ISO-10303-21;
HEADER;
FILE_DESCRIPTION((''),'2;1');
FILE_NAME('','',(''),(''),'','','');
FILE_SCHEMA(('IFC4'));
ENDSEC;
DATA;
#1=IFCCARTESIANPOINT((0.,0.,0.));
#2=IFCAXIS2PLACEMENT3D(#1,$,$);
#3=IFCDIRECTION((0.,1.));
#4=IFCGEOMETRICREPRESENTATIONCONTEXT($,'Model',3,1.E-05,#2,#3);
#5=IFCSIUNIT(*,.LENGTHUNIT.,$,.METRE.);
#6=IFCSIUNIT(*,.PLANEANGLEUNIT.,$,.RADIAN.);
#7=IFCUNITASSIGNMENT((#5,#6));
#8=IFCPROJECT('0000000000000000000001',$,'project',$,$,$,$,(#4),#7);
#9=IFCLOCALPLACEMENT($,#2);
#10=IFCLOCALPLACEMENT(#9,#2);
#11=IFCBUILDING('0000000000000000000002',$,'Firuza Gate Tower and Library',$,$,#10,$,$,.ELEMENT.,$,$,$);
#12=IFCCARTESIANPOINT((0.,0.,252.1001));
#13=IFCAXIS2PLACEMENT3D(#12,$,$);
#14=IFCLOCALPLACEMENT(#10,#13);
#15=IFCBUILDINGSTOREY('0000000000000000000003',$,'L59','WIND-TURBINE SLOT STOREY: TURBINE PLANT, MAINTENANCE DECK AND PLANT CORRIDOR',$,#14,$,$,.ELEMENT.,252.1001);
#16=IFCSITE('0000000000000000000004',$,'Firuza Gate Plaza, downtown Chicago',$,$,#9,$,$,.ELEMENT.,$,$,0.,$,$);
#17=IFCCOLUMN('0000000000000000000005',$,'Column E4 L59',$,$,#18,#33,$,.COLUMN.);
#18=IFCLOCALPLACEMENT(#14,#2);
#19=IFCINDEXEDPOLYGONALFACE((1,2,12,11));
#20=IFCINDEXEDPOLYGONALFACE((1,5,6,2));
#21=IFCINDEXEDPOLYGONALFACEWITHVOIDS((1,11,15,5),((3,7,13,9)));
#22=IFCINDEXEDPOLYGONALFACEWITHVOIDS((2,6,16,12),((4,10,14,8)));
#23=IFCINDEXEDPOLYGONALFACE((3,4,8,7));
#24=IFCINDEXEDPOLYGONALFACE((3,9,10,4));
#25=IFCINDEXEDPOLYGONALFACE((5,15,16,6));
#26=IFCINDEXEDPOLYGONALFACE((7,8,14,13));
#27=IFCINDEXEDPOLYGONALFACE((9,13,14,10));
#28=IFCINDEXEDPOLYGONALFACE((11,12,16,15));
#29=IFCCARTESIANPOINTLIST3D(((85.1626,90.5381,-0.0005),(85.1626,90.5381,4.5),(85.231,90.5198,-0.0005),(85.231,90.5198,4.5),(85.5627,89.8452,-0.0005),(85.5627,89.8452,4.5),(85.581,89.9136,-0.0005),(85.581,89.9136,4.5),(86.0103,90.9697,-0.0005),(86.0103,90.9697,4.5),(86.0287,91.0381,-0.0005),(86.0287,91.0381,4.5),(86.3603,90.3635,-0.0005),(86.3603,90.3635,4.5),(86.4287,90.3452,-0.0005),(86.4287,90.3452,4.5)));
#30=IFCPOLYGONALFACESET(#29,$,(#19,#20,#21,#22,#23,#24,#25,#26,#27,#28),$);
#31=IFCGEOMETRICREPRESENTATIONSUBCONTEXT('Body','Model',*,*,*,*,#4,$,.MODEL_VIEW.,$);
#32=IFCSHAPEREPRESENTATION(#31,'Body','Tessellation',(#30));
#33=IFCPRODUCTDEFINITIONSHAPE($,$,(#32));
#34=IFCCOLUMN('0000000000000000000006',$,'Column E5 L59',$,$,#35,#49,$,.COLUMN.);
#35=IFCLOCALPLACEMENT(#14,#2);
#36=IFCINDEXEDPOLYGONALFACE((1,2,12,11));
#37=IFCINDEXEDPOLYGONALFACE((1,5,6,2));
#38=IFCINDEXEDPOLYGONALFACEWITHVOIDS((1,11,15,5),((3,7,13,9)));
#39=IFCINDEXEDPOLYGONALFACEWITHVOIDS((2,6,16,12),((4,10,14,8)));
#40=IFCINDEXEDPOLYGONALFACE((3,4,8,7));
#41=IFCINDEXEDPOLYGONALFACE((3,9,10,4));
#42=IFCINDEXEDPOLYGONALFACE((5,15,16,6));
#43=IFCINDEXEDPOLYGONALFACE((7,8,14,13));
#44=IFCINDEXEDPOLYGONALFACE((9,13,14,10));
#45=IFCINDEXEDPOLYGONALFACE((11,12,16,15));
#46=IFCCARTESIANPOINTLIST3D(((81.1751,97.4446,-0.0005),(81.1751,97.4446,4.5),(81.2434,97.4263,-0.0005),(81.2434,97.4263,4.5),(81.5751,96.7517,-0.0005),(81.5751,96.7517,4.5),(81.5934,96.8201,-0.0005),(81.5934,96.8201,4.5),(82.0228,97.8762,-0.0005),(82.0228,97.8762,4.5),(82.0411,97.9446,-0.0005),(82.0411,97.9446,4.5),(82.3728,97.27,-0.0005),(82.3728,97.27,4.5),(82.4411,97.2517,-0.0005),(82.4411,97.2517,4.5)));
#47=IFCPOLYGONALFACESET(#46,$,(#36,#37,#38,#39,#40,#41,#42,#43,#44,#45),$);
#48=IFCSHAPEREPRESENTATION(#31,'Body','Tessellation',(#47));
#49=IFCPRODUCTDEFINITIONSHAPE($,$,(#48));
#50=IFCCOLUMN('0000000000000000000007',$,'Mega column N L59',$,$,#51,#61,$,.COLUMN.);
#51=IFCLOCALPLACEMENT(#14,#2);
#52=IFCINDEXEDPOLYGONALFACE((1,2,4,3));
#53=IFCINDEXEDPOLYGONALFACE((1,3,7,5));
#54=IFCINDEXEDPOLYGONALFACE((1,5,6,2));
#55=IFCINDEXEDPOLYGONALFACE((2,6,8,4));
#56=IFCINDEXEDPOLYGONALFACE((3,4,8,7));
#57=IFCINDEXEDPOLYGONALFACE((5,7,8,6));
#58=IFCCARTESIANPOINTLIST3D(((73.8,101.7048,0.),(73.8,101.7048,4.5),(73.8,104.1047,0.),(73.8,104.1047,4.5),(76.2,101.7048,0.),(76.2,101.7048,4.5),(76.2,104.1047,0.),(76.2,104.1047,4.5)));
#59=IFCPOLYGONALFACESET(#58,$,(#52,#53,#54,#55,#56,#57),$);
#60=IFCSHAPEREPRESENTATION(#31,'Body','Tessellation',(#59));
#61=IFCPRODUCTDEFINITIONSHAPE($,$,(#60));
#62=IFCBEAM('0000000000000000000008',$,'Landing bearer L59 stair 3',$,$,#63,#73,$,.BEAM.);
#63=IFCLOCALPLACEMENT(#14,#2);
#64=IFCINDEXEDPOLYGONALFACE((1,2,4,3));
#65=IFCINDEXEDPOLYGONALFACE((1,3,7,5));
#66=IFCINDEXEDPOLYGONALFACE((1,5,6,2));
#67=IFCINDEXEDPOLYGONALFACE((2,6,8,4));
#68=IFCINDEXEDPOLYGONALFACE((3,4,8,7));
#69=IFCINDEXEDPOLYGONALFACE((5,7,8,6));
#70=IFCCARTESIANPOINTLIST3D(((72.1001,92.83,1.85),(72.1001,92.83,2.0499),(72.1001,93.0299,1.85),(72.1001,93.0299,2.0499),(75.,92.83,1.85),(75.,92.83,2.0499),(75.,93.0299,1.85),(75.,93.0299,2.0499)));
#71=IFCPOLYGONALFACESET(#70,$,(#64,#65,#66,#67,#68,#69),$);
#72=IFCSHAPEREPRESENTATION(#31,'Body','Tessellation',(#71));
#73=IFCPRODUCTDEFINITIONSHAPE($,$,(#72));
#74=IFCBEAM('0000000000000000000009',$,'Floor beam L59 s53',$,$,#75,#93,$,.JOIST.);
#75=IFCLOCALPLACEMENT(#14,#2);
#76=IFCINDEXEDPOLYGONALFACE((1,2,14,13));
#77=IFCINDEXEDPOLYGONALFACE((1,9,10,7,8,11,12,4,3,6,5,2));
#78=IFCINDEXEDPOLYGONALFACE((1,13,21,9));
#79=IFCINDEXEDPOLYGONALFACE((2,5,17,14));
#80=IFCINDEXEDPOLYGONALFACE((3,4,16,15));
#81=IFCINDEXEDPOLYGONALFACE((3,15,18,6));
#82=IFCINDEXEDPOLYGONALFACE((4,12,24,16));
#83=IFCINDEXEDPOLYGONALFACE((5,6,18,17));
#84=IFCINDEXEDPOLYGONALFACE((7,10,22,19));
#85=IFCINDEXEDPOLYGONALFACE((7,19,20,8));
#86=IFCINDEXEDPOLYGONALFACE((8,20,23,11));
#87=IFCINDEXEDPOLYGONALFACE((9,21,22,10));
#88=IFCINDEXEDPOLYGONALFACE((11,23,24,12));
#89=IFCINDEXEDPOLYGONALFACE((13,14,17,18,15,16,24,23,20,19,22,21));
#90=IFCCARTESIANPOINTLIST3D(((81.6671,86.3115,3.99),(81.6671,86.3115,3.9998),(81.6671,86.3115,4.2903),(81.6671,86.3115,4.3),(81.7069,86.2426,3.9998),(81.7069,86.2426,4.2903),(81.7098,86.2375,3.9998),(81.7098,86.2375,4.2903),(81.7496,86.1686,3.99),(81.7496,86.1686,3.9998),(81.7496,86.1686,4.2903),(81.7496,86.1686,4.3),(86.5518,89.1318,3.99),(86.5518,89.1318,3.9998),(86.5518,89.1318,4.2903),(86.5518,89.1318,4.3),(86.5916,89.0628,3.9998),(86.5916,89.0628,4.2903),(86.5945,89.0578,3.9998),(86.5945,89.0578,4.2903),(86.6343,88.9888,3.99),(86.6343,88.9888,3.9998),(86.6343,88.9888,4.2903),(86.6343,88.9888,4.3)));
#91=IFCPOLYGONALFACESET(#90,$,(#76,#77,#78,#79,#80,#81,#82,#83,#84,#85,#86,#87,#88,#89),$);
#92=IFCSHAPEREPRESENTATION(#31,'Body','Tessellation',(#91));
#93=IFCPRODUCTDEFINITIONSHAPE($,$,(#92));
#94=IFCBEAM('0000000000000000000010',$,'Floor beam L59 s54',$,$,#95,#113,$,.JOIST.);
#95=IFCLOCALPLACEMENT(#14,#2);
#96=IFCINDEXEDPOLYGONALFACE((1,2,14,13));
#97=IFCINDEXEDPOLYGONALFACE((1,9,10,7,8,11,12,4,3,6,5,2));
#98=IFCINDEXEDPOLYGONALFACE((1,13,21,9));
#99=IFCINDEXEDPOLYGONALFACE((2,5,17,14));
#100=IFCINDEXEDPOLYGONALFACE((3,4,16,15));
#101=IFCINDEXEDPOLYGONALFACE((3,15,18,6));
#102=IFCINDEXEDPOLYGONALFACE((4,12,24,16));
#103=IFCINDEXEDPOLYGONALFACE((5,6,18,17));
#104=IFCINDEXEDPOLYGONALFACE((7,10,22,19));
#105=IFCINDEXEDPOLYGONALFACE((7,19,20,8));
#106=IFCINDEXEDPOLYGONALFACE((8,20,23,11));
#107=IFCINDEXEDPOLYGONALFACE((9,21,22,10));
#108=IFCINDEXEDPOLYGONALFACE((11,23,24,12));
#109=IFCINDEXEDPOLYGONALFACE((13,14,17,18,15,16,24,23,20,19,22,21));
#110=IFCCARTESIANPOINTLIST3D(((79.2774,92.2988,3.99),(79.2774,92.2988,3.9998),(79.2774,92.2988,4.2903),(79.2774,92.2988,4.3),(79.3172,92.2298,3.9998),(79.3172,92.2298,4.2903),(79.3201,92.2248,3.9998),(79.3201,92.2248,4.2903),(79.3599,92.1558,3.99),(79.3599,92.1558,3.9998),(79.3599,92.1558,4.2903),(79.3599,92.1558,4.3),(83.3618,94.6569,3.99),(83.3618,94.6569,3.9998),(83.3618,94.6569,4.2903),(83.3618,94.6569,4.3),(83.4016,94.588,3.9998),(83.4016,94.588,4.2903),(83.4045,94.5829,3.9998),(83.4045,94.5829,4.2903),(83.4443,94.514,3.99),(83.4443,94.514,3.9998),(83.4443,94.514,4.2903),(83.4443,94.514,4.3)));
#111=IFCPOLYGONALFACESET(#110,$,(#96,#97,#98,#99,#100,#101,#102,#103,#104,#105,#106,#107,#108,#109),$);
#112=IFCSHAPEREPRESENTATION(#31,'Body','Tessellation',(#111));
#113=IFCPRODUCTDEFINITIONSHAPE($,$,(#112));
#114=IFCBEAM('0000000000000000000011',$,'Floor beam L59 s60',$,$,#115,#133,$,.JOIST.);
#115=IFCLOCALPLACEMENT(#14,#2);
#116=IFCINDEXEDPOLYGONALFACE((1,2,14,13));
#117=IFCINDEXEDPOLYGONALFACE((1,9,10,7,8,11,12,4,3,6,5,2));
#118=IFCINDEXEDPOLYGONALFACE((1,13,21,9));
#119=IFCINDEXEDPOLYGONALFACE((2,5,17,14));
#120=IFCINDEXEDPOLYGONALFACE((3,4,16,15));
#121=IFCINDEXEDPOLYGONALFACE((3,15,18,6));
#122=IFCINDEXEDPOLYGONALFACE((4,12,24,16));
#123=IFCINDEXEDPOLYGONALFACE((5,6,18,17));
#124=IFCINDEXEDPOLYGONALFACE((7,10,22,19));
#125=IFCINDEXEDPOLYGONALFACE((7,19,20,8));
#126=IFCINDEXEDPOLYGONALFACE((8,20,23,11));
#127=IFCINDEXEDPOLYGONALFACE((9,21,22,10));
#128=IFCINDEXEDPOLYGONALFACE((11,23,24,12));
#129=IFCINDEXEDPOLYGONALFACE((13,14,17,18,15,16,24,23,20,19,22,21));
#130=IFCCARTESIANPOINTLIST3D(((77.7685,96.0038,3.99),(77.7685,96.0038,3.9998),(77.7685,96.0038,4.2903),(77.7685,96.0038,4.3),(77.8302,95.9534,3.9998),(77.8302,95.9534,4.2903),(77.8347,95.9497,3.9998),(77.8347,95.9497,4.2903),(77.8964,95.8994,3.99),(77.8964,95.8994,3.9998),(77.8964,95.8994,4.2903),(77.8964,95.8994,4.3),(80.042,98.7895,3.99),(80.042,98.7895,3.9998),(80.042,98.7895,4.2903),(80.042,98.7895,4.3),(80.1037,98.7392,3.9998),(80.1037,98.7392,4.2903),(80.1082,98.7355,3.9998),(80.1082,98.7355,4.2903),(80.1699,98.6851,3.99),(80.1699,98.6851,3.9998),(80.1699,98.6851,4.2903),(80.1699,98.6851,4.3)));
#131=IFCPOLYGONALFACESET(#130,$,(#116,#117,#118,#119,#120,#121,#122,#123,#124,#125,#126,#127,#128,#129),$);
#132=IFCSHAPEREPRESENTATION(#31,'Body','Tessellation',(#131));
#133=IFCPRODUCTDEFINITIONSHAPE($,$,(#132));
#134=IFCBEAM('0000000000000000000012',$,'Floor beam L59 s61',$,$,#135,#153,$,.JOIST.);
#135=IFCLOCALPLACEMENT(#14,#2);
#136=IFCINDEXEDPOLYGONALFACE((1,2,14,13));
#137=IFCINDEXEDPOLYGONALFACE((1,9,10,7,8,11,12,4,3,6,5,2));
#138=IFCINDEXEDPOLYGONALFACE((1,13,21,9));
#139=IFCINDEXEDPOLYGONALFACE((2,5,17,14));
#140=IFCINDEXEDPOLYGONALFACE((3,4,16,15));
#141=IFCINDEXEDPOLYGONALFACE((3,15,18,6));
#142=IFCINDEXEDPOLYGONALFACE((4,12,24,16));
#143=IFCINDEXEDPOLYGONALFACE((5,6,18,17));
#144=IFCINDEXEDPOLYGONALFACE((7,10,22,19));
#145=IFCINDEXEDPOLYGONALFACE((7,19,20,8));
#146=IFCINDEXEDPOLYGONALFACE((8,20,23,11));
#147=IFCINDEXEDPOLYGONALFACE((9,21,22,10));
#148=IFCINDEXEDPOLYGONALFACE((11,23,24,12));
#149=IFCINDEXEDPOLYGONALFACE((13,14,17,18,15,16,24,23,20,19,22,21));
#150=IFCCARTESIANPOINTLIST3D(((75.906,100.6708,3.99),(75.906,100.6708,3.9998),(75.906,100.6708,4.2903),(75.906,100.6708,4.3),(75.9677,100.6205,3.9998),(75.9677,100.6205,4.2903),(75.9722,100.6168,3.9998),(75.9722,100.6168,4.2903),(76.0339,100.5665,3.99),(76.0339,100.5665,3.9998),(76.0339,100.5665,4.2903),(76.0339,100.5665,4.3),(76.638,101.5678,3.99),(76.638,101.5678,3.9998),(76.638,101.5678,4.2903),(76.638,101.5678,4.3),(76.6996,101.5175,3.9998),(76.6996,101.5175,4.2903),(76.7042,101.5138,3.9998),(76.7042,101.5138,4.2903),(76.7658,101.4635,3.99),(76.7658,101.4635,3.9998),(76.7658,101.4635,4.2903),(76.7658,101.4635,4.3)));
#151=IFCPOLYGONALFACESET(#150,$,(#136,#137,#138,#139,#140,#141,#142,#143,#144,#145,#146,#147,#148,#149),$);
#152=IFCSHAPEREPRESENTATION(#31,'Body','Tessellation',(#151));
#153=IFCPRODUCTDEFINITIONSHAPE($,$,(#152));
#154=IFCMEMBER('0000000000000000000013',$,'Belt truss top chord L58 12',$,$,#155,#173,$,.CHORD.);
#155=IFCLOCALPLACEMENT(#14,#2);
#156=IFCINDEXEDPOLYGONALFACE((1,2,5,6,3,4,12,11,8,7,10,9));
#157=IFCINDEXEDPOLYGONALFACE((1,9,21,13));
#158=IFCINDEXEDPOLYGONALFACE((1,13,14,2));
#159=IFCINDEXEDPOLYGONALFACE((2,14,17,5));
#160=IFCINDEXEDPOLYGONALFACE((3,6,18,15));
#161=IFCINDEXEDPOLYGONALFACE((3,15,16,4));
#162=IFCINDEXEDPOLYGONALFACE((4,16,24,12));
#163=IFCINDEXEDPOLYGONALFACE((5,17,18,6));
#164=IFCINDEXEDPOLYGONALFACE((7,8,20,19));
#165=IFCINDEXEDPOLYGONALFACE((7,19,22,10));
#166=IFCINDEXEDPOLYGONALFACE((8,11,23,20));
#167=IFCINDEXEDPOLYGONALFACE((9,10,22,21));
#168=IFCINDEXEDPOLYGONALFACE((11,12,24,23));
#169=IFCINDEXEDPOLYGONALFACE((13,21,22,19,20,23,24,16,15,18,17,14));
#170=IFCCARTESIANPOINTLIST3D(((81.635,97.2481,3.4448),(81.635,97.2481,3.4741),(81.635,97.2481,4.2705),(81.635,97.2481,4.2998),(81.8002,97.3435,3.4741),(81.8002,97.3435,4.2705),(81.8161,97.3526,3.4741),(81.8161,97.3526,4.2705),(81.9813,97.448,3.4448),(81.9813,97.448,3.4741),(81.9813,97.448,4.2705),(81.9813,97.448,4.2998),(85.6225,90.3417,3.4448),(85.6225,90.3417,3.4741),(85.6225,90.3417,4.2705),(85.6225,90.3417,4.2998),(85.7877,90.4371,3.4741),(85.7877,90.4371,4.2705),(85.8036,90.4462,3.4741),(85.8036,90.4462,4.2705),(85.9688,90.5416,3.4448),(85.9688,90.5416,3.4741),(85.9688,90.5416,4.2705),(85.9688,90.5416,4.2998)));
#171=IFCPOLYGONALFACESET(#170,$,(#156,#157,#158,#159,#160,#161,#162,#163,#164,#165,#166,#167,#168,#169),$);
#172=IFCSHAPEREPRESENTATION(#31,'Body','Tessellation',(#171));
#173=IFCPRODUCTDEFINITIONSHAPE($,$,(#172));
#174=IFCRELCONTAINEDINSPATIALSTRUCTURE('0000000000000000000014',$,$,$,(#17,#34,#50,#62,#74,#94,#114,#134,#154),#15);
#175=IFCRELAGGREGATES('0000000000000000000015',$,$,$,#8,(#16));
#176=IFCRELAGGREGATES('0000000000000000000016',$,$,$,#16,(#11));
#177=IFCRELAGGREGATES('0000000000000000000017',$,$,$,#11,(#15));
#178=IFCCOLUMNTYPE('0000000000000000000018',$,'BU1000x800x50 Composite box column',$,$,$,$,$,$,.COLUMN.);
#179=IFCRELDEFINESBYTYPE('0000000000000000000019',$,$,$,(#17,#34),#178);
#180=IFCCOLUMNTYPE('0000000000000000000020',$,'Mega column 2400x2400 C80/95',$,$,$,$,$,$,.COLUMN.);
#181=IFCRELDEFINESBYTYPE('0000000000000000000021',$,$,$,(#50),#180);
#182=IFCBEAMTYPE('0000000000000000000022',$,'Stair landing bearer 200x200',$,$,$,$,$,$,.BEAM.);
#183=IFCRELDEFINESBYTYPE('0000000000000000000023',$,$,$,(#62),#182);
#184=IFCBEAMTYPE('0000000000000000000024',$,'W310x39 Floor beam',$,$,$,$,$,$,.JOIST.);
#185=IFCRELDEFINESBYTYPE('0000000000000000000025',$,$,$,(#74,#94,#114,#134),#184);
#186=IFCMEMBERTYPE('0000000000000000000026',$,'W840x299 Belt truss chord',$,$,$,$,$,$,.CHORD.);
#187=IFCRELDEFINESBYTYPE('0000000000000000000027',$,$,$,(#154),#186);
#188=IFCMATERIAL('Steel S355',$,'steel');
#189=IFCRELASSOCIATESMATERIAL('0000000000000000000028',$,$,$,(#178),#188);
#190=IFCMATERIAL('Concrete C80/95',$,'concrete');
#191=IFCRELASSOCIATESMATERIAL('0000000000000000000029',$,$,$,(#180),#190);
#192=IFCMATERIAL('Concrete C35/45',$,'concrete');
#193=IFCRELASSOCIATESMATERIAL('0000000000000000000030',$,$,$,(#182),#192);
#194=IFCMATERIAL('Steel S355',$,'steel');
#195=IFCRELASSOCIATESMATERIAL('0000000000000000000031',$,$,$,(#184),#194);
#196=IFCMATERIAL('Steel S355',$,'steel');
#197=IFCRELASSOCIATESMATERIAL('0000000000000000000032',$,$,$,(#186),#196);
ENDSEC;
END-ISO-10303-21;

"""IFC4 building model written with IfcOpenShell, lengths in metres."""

from ifc_helpers import new_model, si_unit, direction, frame, origin, origin_2d, place, context, subcontext, project, spatial, rectangle, hollow_rectangle, i_section, extrude, material, material_profile, profile_set, type_object, element, save


model = new_model("IFC4")

# Units and contexts
model_context = context("Model", 3, precision=1e-05, world=origin(), true_north=direction((0.0, 1.0)))
body_context = subcontext(model_context, "Body", "Model", "MODEL_VIEW")
ifc_project = project(units=[si_unit("LENGTHUNIT", "METRE"), si_unit("PLANEANGLEUNIT", "RADIAN")], contexts=[model_context])

# Site, building, storey
site_placement = place(None, origin())
site = spatial("IfcSite", under=ifc_project, at=site_placement, Name="Firuza Gate Plaza, downtown Chicago", CompositionType="ELEMENT", RefElevation=0.0)
building_placement = place(site_placement, origin())
building = spatial("IfcBuilding", under=site, at=building_placement, Name="Firuza Gate Tower and Library", CompositionType="ELEMENT")
storey_placement = place(building_placement, frame((0.0, 0.0, 252.1001)))
storey = spatial("IfcBuildingStorey", under=building, at=storey_placement, Name="L59", Description="WIND-TURBINE SLOT STOREY: TURBINE PLANT, MAINTENANCE DECK AND PLANT CORRIDOR", CompositionType="ELEMENT", Elevation=252.1001)

# Columns
ifc_material_1 = material(Name="Steel S355", Category="steel")
ifc_material_profile_1 = material_profile(ifc_material_1, hollow_rectangle(XDim=0.8, YDim=1.0, WallThickness=0.05, at=origin_2d()))
ifc_profile_set_1 = profile_set([ifc_material_profile_1], Name="Steel S355")
column_type_1 = type_object("IfcColumnType", Name="BU1000x800x50 Composite box column", PredefinedType="COLUMN", material=ifc_profile_set_1)
for number, where, z_axis, x_axis, name in (
    (1, (85.7957, 90.4417, -0.0005), (0.0, 0.0, 1.0), (-0.5, 0.866025, 0.0), "Column E4 L59"),
    (2, (81.8081, 97.3481, -0.0005), (0.0, 0.0, 1.0), (-0.5, 0.866025, 0.0), "Column E5 L59"),
):
    element("IfcColumn", number, at=place(storey_placement, frame(where, z_axis=z_axis, x_axis=x_axis)), inside=storey, type_object=column_type_1, Name=name, PredefinedType="COLUMN", context=body_context, shape_type="SweptSolid", body=[
        extrude(hollow_rectangle(XDim=0.8, YDim=1.0, WallThickness=0.05, at=origin_2d()), origin(), (0.0, 0.0, 1.0), 4.5005),
    ])
ifc_material_2 = material(Name="Concrete C80/95", Category="concrete")
ifc_material_profile_2 = material_profile(ifc_material_2, rectangle(XDim=2.3999, YDim=2.3999, at=origin_2d()))
ifc_profile_set_2 = profile_set([ifc_material_profile_2], Name="Concrete C80/95")
column_type_2 = type_object("IfcColumnType", Name="Mega column 2400x2400 C80/95", PredefinedType="COLUMN", material=ifc_profile_set_2)
column_placement = place(storey_placement, frame((75.0, 102.9048, 0.0), z_axis=(0.0, 0.0, 1.0), x_axis=(-1.0, 0.0, 0.0)))
element("IfcColumn", 3, at=column_placement, inside=storey, type_object=column_type_2, Name="Mega column N L59", PredefinedType="COLUMN", context=body_context, shape_type="SweptSolid", body=[
    extrude(rectangle(XDim=2.3999, YDim=2.3999, at=origin_2d()), origin(), (0.0, 0.0, 1.0), 4.5),
])

# Beams
ifc_material_3 = material(Name="Concrete C35/45", Category="concrete")
ifc_material_profile_3 = material_profile(ifc_material_3, rectangle(XDim=0.2, YDim=0.2, at=origin_2d()))
ifc_profile_set_3 = profile_set([ifc_material_profile_3], Name="Concrete C35/45")
beam_type_1 = type_object("IfcBeamType", Name="Stair landing bearer 200x200", PredefinedType="BEAM", material=ifc_profile_set_3)
beam_1_placement = place(storey_placement, frame((75.0, 92.9299, 1.95), z_axis=(-1.0, 0.0, 0.0), x_axis=(0.0, -1.0, 0.0)))
element("IfcBeam", 4, at=beam_1_placement, inside=storey, type_object=beam_type_1, Name="Landing bearer L59 stair 3", PredefinedType="BEAM", context=body_context, shape_type="SweptSolid", body=[
    extrude(rectangle(XDim=0.2, YDim=0.2, at=origin_2d()), origin(), (0.0, 0.0, 1.0), 2.8999),
])
ifc_material_4 = material(Name="Steel S355", Category="steel")
ifc_material_profile_4 = material_profile(ifc_material_4, i_section(OverallWidth=0.165, OverallDepth=0.3101, WebThickness=0.0059, FlangeThickness=0.0098, at=origin_2d()))
ifc_profile_set_4 = profile_set([ifc_material_profile_4], Name="Steel S355")
beam_type_2 = type_object("IfcBeamType", Name="W310x39 Floor beam", PredefinedType="JOIST", material=ifc_profile_set_4)
beam_2_placement = place(storey_placement, frame((86.593, 89.0603, 4.145), z_axis=(-0.866018, -0.500012, 0.0), x_axis=(0.500012, -0.866018, 0.0)))
element("IfcBeam", 5, at=beam_2_placement, inside=storey, type_object=beam_type_2, Name="Floor beam L59 s53", PredefinedType="JOIST", context=body_context, shape_type="SweptSolid", body=[
    extrude(i_section(OverallWidth=0.165, OverallDepth=0.3101, WebThickness=0.0059, FlangeThickness=0.0098, at=origin_2d()), origin(), (0.0, 0.0, 1.0), 5.6404),
])
beam_3_placement = place(storey_placement, frame((83.4031, 94.5854, 4.145), z_axis=(-0.866027, -0.499997, 0.0), x_axis=(0.499997, -0.866027, 0.0)))
element("IfcBeam", 6, at=beam_3_placement, inside=storey, type_object=beam_type_2, Name="Floor beam L59 s54", PredefinedType="JOIST", context=body_context, shape_type="SweptSolid", body=[
    extrude(i_section(OverallWidth=0.165, OverallDepth=0.3101, WebThickness=0.0059, FlangeThickness=0.0098, at=origin_2d()), origin(), (0.0, 0.0, 1.0), 4.7163),
])
beam_4_placement = place(storey_placement, frame((80.106, 98.7373, 4.145), z_axis=(-0.632283, -0.774737, 0.0), x_axis=(0.774737, -0.632283, 0.0)))
element("IfcBeam", 7, at=beam_4_placement, inside=storey, type_object=beam_type_2, Name="Floor beam L59 s60", PredefinedType="JOIST", context=body_context, shape_type="SweptSolid", body=[
    extrude(i_section(OverallWidth=0.165, OverallDepth=0.3101, WebThickness=0.0059, FlangeThickness=0.0098, at=origin_2d()), origin(), (0.0, 0.0, 1.0), 3.5957),
])
beam_5_placement = place(storey_placement, frame((76.7019, 101.5156, 4.145), z_axis=(-0.632227, -0.774783, 0.0), x_axis=(0.774783, -0.632227, 0.0)))
element("IfcBeam", 8, at=beam_5_placement, inside=storey, type_object=beam_type_2, Name="Floor beam L59 s61", PredefinedType="JOIST", context=body_context, shape_type="SweptSolid", body=[
    extrude(i_section(OverallWidth=0.165, OverallDepth=0.3101, WebThickness=0.0059, FlangeThickness=0.0098, at=origin_2d()), origin(), (0.0, 0.0, 1.0), 1.1577),
])

# Member
ifc_material_5 = material(Name="Steel S355", Category="steel")
ifc_material_profile_5 = material_profile(ifc_material_5, i_section(OverallWidth=0.3999, OverallDepth=0.855, WebThickness=0.0183, FlangeThickness=0.0293, at=origin_2d()))
ifc_profile_set_5 = profile_set([ifc_material_profile_5], Name="Steel S355")
member_type_1 = type_object("IfcMemberType", Name="W840x299 Belt truss chord", PredefinedType="CHORD", material=ifc_profile_set_5)
member_1_placement = place(storey_placement, frame((85.7957, 90.4417, 3.8723), z_axis=(-0.500008, 0.866021, 0.0), x_axis=(-0.866021, -0.500008, 0.0)))
element("IfcMember", 9, at=member_1_placement, inside=storey, type_object=member_type_1, Name="Belt truss top chord L58 12", PredefinedType="CHORD", context=body_context, shape_type="SweptSolid", body=[
    extrude(i_section(OverallWidth=0.3999, OverallDepth=0.855, WebThickness=0.0183, FlangeThickness=0.0293, at=origin_2d()), origin(), (0.0, 0.0, 1.0), 7.9749),
])

save(model, "model.ifc")
